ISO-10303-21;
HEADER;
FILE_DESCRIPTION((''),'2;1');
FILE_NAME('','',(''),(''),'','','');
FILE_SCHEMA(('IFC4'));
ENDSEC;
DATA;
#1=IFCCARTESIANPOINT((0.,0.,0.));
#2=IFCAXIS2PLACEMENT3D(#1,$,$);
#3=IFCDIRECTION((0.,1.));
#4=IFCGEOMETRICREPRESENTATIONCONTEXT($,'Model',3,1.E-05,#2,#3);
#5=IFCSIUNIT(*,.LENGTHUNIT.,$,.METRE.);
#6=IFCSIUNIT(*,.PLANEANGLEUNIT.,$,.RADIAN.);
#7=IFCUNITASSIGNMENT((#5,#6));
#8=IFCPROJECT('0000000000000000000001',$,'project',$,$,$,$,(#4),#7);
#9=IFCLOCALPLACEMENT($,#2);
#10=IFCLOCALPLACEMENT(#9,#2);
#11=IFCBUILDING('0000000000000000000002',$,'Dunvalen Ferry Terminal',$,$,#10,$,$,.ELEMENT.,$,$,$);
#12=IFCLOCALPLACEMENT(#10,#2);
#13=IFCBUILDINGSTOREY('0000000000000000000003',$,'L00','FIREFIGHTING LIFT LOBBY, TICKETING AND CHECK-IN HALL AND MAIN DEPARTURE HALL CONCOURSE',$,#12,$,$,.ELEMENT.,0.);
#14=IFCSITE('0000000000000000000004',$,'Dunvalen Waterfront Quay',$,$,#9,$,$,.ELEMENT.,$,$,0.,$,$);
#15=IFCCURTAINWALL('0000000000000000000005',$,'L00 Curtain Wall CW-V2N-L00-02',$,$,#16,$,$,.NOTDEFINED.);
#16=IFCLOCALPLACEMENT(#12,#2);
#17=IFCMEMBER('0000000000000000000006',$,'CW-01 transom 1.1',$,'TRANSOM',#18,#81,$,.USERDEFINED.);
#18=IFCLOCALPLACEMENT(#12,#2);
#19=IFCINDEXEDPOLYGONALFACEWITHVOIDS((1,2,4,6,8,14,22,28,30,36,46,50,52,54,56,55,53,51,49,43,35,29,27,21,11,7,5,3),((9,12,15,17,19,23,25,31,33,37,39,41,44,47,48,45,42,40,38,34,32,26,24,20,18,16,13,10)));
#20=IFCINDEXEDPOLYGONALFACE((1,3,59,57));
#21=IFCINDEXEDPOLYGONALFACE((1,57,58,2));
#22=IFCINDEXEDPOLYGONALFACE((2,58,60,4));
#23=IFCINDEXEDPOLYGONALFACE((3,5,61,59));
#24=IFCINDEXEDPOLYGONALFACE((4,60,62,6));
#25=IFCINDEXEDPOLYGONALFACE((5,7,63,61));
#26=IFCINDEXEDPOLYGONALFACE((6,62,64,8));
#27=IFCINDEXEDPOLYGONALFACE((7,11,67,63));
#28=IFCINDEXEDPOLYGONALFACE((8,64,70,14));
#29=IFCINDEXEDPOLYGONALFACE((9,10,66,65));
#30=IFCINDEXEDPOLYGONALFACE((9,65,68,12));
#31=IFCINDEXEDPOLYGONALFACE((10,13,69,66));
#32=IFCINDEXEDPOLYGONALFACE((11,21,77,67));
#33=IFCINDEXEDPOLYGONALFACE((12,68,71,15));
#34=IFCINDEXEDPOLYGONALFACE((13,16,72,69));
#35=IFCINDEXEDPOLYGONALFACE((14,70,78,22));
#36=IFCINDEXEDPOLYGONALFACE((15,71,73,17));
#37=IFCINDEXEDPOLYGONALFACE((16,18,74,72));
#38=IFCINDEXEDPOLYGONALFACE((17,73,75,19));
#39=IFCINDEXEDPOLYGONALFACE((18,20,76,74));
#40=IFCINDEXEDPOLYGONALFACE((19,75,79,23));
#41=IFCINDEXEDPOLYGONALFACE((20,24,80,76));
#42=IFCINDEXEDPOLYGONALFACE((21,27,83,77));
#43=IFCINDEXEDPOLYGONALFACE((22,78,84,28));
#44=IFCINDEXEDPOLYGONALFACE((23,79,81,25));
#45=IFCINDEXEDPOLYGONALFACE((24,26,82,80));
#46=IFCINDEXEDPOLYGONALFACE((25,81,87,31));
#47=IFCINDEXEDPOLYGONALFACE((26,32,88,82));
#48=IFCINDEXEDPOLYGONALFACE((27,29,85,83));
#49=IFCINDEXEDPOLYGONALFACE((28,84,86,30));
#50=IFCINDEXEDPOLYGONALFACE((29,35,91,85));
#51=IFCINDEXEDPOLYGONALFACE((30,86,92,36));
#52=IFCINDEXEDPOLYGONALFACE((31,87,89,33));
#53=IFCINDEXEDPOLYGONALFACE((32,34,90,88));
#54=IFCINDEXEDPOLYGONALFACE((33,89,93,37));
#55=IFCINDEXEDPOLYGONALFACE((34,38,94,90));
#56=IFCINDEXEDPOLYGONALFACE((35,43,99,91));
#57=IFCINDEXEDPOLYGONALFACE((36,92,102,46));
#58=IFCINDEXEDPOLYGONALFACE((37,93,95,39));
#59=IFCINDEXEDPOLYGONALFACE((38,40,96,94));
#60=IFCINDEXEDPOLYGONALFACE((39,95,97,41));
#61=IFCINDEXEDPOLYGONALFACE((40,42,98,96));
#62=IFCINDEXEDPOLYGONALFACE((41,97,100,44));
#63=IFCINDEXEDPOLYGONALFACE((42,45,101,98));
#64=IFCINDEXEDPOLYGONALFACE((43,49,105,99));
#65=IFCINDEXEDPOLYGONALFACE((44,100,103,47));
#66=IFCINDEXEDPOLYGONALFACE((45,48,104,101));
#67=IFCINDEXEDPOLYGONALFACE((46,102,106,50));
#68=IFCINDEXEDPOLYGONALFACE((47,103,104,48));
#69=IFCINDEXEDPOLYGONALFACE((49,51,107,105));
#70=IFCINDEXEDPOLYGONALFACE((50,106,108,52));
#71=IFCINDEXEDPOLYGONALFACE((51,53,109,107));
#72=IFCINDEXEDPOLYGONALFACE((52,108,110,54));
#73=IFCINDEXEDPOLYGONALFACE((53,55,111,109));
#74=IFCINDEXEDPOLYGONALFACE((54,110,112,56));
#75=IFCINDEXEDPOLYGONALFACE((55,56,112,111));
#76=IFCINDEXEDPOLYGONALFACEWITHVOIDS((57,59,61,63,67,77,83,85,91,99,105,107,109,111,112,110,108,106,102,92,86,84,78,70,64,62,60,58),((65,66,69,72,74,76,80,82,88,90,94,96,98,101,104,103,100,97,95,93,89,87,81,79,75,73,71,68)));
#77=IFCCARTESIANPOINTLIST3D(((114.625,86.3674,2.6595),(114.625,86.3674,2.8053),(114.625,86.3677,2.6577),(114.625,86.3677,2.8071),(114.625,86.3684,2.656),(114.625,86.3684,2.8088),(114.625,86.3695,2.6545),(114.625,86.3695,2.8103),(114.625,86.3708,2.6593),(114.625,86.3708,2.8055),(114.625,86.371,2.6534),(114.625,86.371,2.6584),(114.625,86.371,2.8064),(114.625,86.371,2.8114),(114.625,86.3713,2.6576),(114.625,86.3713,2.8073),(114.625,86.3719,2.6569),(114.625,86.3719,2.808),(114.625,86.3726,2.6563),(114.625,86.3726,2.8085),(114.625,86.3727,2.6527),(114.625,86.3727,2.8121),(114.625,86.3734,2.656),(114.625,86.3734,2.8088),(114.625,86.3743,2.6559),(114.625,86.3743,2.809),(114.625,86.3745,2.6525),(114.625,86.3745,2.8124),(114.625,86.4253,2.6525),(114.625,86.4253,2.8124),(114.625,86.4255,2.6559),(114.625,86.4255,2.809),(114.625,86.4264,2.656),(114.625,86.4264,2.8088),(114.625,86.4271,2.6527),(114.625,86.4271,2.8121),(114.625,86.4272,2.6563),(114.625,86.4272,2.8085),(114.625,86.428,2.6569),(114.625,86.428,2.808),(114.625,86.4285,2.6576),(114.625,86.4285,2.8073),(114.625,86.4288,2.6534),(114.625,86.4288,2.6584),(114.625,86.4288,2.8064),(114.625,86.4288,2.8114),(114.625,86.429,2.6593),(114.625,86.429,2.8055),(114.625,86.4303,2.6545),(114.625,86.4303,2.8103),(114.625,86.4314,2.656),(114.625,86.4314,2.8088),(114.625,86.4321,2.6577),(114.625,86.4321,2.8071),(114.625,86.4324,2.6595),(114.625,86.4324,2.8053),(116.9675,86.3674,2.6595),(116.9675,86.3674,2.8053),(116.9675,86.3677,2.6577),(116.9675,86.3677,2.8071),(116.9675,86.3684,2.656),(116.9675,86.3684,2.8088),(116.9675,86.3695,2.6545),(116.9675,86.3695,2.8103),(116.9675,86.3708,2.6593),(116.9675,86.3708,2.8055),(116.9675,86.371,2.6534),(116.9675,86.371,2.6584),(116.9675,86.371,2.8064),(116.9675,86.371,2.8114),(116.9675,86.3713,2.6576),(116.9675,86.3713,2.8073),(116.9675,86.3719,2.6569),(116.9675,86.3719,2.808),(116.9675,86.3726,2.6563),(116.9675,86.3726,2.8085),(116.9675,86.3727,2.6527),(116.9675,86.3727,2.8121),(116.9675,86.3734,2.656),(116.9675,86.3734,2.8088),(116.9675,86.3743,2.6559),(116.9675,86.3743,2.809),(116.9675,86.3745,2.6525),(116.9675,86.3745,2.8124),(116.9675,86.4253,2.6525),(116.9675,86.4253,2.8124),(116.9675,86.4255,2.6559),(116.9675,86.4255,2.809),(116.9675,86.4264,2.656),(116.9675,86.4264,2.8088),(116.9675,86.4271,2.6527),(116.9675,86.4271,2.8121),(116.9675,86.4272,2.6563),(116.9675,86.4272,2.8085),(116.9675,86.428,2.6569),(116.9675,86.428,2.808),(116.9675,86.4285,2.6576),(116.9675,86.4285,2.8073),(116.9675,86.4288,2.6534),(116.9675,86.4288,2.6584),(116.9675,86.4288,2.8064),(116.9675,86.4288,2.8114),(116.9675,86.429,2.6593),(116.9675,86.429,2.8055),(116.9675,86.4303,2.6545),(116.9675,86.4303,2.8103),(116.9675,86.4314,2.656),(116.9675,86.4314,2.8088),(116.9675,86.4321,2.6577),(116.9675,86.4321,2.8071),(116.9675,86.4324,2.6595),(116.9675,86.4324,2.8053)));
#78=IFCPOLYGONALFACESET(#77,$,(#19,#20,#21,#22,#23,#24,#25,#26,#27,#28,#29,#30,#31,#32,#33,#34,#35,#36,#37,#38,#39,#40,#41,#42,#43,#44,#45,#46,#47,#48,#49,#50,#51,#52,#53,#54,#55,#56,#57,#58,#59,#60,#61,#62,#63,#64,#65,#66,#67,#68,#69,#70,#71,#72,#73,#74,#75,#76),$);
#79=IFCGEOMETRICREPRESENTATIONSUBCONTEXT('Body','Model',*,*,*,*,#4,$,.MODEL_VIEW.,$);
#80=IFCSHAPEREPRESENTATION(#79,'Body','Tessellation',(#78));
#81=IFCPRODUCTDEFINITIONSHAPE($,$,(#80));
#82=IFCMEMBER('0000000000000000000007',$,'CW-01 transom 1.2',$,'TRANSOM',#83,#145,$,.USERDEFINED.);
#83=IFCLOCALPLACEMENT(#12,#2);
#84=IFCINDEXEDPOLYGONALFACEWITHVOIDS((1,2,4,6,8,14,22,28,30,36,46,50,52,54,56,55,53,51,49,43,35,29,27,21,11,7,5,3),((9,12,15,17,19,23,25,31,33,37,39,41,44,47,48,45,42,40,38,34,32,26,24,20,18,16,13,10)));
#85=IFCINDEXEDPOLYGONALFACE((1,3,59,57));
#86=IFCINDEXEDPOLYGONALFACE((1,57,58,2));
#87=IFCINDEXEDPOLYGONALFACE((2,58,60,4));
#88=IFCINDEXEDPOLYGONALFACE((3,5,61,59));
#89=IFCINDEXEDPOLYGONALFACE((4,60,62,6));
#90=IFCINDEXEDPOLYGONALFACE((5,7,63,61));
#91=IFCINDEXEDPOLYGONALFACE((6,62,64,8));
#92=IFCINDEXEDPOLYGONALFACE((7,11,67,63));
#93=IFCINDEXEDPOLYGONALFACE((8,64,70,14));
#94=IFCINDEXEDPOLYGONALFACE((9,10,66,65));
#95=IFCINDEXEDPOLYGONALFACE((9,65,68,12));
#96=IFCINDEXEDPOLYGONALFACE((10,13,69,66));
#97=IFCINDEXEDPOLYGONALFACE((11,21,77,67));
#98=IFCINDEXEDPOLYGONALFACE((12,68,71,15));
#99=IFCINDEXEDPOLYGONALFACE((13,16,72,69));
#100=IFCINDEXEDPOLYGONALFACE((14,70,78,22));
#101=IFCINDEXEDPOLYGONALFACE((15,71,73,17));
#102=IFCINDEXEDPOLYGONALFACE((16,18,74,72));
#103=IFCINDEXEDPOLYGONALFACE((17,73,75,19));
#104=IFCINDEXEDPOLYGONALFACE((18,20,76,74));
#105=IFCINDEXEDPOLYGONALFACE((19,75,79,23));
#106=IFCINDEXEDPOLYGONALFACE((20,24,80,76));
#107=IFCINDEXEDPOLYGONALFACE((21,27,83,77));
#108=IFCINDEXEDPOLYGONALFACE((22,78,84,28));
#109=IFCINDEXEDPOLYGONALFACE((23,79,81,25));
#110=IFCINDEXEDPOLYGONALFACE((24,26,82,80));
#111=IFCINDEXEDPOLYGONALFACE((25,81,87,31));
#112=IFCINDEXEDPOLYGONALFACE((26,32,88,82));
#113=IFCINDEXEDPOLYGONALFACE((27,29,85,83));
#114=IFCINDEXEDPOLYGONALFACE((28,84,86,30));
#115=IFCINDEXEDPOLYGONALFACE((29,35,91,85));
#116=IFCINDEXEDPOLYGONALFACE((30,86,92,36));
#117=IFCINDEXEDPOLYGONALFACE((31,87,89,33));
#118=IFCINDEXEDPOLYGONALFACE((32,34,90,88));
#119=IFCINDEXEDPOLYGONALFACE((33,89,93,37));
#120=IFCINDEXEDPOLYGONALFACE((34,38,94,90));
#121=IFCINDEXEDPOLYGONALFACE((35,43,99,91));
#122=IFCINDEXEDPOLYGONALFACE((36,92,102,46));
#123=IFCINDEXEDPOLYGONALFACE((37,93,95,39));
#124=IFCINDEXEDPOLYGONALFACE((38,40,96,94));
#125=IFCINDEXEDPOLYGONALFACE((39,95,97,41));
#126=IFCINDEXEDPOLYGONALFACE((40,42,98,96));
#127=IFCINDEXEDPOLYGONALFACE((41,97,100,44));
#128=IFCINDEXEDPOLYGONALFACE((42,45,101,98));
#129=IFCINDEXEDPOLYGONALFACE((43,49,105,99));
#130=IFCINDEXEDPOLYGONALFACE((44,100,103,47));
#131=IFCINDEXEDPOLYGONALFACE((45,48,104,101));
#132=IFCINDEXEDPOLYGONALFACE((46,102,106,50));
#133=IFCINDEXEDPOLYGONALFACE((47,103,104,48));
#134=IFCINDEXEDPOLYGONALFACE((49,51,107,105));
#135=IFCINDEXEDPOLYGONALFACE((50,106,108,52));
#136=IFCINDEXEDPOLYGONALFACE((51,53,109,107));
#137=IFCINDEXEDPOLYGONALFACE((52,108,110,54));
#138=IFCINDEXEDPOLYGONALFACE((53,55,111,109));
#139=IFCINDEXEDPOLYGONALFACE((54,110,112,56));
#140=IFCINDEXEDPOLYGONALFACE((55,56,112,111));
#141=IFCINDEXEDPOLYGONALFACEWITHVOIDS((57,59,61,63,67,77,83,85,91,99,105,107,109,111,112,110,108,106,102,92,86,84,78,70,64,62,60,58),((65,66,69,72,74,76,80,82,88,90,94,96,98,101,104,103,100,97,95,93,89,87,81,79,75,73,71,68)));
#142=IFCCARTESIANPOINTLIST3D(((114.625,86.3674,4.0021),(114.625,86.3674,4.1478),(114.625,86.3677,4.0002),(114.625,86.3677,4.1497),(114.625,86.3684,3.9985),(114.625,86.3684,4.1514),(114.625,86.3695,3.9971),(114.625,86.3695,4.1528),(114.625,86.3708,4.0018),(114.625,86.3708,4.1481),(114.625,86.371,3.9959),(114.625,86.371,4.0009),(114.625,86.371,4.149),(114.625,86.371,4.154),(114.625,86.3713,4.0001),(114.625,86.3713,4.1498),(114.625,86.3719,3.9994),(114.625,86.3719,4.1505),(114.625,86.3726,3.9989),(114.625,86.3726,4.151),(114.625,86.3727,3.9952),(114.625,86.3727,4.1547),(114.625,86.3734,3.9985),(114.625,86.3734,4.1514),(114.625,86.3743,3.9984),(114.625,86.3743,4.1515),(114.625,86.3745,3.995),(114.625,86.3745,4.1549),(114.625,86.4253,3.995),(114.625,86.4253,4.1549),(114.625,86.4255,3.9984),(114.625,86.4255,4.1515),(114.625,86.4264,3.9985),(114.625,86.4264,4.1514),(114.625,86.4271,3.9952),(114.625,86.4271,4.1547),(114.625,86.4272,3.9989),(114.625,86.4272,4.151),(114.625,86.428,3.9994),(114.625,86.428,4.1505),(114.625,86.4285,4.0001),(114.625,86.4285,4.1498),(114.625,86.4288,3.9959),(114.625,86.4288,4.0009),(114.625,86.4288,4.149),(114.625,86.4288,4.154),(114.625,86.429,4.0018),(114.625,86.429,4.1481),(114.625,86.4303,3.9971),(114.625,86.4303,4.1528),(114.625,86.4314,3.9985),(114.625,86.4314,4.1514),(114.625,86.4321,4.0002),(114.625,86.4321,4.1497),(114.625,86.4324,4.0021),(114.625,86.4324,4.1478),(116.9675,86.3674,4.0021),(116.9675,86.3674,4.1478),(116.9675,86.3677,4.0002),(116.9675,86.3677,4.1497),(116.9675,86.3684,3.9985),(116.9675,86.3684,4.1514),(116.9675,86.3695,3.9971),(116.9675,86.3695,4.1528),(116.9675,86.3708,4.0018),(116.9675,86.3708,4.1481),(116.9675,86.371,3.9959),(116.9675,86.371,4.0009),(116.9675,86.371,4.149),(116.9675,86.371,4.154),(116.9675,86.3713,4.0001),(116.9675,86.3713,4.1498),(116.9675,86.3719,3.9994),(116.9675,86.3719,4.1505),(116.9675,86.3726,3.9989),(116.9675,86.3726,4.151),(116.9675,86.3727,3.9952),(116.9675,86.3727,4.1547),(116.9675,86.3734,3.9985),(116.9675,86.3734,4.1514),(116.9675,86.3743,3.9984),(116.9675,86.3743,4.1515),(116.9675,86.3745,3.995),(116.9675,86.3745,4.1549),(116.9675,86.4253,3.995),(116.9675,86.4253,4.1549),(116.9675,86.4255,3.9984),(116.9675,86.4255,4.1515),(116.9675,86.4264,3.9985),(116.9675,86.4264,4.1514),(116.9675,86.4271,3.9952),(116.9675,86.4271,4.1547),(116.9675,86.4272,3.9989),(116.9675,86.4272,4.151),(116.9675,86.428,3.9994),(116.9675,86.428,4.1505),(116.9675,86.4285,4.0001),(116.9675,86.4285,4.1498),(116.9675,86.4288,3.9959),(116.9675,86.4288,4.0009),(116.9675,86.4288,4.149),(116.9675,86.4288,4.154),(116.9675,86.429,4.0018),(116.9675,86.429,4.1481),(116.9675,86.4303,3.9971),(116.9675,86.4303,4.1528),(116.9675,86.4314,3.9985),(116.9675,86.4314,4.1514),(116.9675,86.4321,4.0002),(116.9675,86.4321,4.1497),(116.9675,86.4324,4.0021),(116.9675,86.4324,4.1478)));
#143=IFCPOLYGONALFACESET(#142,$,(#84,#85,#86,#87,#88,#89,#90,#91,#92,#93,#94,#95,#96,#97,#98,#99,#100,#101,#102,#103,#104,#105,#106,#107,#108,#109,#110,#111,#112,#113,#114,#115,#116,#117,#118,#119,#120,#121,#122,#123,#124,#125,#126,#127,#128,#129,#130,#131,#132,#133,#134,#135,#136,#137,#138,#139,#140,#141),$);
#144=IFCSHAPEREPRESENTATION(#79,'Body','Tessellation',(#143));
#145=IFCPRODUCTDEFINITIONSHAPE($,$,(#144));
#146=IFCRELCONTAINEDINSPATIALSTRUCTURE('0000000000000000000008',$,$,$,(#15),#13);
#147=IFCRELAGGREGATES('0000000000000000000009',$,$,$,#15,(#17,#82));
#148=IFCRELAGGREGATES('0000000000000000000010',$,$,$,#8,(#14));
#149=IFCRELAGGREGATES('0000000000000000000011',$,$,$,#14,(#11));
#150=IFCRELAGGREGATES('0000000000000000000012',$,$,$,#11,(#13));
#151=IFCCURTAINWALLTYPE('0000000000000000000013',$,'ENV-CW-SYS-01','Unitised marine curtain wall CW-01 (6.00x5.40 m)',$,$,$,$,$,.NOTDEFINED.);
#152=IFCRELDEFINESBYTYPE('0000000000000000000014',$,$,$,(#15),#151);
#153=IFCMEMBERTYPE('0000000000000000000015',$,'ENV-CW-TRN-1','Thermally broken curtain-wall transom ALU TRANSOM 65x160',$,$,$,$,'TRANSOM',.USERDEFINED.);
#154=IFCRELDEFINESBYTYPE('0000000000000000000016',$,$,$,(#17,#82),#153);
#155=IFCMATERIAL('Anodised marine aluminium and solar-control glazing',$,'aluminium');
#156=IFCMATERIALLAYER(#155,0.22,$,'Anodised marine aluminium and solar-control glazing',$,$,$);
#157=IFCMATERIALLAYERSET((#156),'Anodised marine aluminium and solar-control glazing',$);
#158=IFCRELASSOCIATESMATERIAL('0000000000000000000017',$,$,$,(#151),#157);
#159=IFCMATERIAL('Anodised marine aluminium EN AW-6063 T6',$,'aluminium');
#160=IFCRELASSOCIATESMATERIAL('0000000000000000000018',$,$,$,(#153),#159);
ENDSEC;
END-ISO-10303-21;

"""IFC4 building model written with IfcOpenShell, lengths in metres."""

from ifc_helpers import new_model, si_unit, direction, frame, origin, origin_2d, place, context, subcontext, project, spatial, hollow_rectangle, extrude, material, layer, layer_set, material_profile, profile_set, type_object, element, aggregate, save


model = new_model("IFC4")

# Units and contexts
model_context = context("Model", 3, precision=1e-05, world=origin(), true_north=direction((0.0, 1.0)))
body_context = subcontext(model_context, "Body", "Model", "MODEL_VIEW")
ifc_project = project(units=[si_unit("LENGTHUNIT", "METRE"), si_unit("PLANEANGLEUNIT", "RADIAN")], contexts=[model_context])

# Site, building, storey
site_placement = place(None, origin())
site = spatial("IfcSite", under=ifc_project, at=site_placement, Name="Dunvalen Waterfront Quay", CompositionType="ELEMENT", RefElevation=0.0)
building_placement = place(site_placement, origin())
building = spatial("IfcBuilding", under=site, at=building_placement, Name="Dunvalen Ferry Terminal", CompositionType="ELEMENT")
storey_placement = place(building_placement, origin())
storey = spatial("IfcBuildingStorey", under=building, at=storey_placement, Name="L00", Description="FIREFIGHTING LIFT LOBBY, TICKETING AND CHECK-IN HALL AND MAIN DEPARTURE HALL CONCOURSE", CompositionType="ELEMENT", Elevation=0.0)

# Shared definitions
ifc_material_1 = material(Name="Anodised marine aluminium and solar-control glazing", Category="aluminium")
ifc_layer_1 = layer(ifc_material_1, 0.22, Name="Anodised marine aluminium and solar-control glazing")
ifc_layer_set_1 = layer_set([ifc_layer_1], Name="Anodised marine aluminium and solar-control glazing")
curtain_wall_type = type_object("IfcCurtainWallType", Name="ENV-CW-SYS-01", Description="Unitised marine curtain wall CW-01 (6.00x5.40 m)", PredefinedType="NOTDEFINED", material=ifc_layer_set_1)
ifc_material_2 = material(Name="Anodised marine aluminium EN AW-6063 T6", Category="aluminium")

# Curtain wall
curtain_wall_1_placement = place(storey_placement, origin())
curtain_wall_1 = element("IfcCurtainWall", 1, at=curtain_wall_1_placement, inside=storey, type_object=curtain_wall_type, Name="L00 Curtain Wall CW-V2N-L00-02", PredefinedType="NOTDEFINED")

# Members
ifc_material_profile_1 = material_profile(ifc_material_2, hollow_rectangle(XDim=0.0649, YDim=0.1599, WallThickness=0.0034, InnerFilletRadius=0.0034, OuterFilletRadius=0.0071, at=origin_2d()), Name="Anodised marine aluminium EN AW-6063 T6")
ifc_profile_set_1 = profile_set([ifc_material_profile_1], Name="Anodised marine aluminium EN AW-6063 T6")
member_type_1 = type_object("IfcMemberType", Name="ENV-CW-TRN-1", Description="Thermally broken curtain-wall transom ALU TRANSOM 65x160", ElementType="TRANSOM", PredefinedType="USERDEFINED", material=ifc_profile_set_1)
member_1_placement = place(storey_placement, frame((114.625, 86.3999, 2.7324), z_axis=(1.0, 0.0, 0.0), x_axis=(0.0, 1.0, 0.0)))
member_1 = element("IfcMember", 2, at=member_1_placement, type_object=member_type_1, Name="CW-01 transom 1.1", ObjectType="TRANSOM", PredefinedType="USERDEFINED", context=body_context, shape_type="SweptSolid", body=[
    extrude(hollow_rectangle(XDim=0.0649, YDim=0.1599, WallThickness=0.0034, InnerFilletRadius=0.0034, OuterFilletRadius=0.0071, at=origin_2d()), origin(), (0.0, 0.0, 1.0), 2.3425),
])
member_2_placement = place(storey_placement, frame((114.625, 86.3999, 4.075), z_axis=(1.0, 0.0, 0.0), x_axis=(0.0, 1.0, 0.0)))
member_2 = element("IfcMember", 3, at=member_2_placement, type_object=member_type_1, Name="CW-01 transom 1.2", ObjectType="TRANSOM", PredefinedType="USERDEFINED", context=body_context, shape_type="SweptSolid", body=[
    extrude(hollow_rectangle(XDim=0.0649, YDim=0.1599, WallThickness=0.0034, InnerFilletRadius=0.0034, OuterFilletRadius=0.0071, at=origin_2d()), origin(), (0.0, 0.0, 1.0), 2.3425),
])

aggregate(curtain_wall_1, [member_1, member_2])

save(model, "model.ifc")
